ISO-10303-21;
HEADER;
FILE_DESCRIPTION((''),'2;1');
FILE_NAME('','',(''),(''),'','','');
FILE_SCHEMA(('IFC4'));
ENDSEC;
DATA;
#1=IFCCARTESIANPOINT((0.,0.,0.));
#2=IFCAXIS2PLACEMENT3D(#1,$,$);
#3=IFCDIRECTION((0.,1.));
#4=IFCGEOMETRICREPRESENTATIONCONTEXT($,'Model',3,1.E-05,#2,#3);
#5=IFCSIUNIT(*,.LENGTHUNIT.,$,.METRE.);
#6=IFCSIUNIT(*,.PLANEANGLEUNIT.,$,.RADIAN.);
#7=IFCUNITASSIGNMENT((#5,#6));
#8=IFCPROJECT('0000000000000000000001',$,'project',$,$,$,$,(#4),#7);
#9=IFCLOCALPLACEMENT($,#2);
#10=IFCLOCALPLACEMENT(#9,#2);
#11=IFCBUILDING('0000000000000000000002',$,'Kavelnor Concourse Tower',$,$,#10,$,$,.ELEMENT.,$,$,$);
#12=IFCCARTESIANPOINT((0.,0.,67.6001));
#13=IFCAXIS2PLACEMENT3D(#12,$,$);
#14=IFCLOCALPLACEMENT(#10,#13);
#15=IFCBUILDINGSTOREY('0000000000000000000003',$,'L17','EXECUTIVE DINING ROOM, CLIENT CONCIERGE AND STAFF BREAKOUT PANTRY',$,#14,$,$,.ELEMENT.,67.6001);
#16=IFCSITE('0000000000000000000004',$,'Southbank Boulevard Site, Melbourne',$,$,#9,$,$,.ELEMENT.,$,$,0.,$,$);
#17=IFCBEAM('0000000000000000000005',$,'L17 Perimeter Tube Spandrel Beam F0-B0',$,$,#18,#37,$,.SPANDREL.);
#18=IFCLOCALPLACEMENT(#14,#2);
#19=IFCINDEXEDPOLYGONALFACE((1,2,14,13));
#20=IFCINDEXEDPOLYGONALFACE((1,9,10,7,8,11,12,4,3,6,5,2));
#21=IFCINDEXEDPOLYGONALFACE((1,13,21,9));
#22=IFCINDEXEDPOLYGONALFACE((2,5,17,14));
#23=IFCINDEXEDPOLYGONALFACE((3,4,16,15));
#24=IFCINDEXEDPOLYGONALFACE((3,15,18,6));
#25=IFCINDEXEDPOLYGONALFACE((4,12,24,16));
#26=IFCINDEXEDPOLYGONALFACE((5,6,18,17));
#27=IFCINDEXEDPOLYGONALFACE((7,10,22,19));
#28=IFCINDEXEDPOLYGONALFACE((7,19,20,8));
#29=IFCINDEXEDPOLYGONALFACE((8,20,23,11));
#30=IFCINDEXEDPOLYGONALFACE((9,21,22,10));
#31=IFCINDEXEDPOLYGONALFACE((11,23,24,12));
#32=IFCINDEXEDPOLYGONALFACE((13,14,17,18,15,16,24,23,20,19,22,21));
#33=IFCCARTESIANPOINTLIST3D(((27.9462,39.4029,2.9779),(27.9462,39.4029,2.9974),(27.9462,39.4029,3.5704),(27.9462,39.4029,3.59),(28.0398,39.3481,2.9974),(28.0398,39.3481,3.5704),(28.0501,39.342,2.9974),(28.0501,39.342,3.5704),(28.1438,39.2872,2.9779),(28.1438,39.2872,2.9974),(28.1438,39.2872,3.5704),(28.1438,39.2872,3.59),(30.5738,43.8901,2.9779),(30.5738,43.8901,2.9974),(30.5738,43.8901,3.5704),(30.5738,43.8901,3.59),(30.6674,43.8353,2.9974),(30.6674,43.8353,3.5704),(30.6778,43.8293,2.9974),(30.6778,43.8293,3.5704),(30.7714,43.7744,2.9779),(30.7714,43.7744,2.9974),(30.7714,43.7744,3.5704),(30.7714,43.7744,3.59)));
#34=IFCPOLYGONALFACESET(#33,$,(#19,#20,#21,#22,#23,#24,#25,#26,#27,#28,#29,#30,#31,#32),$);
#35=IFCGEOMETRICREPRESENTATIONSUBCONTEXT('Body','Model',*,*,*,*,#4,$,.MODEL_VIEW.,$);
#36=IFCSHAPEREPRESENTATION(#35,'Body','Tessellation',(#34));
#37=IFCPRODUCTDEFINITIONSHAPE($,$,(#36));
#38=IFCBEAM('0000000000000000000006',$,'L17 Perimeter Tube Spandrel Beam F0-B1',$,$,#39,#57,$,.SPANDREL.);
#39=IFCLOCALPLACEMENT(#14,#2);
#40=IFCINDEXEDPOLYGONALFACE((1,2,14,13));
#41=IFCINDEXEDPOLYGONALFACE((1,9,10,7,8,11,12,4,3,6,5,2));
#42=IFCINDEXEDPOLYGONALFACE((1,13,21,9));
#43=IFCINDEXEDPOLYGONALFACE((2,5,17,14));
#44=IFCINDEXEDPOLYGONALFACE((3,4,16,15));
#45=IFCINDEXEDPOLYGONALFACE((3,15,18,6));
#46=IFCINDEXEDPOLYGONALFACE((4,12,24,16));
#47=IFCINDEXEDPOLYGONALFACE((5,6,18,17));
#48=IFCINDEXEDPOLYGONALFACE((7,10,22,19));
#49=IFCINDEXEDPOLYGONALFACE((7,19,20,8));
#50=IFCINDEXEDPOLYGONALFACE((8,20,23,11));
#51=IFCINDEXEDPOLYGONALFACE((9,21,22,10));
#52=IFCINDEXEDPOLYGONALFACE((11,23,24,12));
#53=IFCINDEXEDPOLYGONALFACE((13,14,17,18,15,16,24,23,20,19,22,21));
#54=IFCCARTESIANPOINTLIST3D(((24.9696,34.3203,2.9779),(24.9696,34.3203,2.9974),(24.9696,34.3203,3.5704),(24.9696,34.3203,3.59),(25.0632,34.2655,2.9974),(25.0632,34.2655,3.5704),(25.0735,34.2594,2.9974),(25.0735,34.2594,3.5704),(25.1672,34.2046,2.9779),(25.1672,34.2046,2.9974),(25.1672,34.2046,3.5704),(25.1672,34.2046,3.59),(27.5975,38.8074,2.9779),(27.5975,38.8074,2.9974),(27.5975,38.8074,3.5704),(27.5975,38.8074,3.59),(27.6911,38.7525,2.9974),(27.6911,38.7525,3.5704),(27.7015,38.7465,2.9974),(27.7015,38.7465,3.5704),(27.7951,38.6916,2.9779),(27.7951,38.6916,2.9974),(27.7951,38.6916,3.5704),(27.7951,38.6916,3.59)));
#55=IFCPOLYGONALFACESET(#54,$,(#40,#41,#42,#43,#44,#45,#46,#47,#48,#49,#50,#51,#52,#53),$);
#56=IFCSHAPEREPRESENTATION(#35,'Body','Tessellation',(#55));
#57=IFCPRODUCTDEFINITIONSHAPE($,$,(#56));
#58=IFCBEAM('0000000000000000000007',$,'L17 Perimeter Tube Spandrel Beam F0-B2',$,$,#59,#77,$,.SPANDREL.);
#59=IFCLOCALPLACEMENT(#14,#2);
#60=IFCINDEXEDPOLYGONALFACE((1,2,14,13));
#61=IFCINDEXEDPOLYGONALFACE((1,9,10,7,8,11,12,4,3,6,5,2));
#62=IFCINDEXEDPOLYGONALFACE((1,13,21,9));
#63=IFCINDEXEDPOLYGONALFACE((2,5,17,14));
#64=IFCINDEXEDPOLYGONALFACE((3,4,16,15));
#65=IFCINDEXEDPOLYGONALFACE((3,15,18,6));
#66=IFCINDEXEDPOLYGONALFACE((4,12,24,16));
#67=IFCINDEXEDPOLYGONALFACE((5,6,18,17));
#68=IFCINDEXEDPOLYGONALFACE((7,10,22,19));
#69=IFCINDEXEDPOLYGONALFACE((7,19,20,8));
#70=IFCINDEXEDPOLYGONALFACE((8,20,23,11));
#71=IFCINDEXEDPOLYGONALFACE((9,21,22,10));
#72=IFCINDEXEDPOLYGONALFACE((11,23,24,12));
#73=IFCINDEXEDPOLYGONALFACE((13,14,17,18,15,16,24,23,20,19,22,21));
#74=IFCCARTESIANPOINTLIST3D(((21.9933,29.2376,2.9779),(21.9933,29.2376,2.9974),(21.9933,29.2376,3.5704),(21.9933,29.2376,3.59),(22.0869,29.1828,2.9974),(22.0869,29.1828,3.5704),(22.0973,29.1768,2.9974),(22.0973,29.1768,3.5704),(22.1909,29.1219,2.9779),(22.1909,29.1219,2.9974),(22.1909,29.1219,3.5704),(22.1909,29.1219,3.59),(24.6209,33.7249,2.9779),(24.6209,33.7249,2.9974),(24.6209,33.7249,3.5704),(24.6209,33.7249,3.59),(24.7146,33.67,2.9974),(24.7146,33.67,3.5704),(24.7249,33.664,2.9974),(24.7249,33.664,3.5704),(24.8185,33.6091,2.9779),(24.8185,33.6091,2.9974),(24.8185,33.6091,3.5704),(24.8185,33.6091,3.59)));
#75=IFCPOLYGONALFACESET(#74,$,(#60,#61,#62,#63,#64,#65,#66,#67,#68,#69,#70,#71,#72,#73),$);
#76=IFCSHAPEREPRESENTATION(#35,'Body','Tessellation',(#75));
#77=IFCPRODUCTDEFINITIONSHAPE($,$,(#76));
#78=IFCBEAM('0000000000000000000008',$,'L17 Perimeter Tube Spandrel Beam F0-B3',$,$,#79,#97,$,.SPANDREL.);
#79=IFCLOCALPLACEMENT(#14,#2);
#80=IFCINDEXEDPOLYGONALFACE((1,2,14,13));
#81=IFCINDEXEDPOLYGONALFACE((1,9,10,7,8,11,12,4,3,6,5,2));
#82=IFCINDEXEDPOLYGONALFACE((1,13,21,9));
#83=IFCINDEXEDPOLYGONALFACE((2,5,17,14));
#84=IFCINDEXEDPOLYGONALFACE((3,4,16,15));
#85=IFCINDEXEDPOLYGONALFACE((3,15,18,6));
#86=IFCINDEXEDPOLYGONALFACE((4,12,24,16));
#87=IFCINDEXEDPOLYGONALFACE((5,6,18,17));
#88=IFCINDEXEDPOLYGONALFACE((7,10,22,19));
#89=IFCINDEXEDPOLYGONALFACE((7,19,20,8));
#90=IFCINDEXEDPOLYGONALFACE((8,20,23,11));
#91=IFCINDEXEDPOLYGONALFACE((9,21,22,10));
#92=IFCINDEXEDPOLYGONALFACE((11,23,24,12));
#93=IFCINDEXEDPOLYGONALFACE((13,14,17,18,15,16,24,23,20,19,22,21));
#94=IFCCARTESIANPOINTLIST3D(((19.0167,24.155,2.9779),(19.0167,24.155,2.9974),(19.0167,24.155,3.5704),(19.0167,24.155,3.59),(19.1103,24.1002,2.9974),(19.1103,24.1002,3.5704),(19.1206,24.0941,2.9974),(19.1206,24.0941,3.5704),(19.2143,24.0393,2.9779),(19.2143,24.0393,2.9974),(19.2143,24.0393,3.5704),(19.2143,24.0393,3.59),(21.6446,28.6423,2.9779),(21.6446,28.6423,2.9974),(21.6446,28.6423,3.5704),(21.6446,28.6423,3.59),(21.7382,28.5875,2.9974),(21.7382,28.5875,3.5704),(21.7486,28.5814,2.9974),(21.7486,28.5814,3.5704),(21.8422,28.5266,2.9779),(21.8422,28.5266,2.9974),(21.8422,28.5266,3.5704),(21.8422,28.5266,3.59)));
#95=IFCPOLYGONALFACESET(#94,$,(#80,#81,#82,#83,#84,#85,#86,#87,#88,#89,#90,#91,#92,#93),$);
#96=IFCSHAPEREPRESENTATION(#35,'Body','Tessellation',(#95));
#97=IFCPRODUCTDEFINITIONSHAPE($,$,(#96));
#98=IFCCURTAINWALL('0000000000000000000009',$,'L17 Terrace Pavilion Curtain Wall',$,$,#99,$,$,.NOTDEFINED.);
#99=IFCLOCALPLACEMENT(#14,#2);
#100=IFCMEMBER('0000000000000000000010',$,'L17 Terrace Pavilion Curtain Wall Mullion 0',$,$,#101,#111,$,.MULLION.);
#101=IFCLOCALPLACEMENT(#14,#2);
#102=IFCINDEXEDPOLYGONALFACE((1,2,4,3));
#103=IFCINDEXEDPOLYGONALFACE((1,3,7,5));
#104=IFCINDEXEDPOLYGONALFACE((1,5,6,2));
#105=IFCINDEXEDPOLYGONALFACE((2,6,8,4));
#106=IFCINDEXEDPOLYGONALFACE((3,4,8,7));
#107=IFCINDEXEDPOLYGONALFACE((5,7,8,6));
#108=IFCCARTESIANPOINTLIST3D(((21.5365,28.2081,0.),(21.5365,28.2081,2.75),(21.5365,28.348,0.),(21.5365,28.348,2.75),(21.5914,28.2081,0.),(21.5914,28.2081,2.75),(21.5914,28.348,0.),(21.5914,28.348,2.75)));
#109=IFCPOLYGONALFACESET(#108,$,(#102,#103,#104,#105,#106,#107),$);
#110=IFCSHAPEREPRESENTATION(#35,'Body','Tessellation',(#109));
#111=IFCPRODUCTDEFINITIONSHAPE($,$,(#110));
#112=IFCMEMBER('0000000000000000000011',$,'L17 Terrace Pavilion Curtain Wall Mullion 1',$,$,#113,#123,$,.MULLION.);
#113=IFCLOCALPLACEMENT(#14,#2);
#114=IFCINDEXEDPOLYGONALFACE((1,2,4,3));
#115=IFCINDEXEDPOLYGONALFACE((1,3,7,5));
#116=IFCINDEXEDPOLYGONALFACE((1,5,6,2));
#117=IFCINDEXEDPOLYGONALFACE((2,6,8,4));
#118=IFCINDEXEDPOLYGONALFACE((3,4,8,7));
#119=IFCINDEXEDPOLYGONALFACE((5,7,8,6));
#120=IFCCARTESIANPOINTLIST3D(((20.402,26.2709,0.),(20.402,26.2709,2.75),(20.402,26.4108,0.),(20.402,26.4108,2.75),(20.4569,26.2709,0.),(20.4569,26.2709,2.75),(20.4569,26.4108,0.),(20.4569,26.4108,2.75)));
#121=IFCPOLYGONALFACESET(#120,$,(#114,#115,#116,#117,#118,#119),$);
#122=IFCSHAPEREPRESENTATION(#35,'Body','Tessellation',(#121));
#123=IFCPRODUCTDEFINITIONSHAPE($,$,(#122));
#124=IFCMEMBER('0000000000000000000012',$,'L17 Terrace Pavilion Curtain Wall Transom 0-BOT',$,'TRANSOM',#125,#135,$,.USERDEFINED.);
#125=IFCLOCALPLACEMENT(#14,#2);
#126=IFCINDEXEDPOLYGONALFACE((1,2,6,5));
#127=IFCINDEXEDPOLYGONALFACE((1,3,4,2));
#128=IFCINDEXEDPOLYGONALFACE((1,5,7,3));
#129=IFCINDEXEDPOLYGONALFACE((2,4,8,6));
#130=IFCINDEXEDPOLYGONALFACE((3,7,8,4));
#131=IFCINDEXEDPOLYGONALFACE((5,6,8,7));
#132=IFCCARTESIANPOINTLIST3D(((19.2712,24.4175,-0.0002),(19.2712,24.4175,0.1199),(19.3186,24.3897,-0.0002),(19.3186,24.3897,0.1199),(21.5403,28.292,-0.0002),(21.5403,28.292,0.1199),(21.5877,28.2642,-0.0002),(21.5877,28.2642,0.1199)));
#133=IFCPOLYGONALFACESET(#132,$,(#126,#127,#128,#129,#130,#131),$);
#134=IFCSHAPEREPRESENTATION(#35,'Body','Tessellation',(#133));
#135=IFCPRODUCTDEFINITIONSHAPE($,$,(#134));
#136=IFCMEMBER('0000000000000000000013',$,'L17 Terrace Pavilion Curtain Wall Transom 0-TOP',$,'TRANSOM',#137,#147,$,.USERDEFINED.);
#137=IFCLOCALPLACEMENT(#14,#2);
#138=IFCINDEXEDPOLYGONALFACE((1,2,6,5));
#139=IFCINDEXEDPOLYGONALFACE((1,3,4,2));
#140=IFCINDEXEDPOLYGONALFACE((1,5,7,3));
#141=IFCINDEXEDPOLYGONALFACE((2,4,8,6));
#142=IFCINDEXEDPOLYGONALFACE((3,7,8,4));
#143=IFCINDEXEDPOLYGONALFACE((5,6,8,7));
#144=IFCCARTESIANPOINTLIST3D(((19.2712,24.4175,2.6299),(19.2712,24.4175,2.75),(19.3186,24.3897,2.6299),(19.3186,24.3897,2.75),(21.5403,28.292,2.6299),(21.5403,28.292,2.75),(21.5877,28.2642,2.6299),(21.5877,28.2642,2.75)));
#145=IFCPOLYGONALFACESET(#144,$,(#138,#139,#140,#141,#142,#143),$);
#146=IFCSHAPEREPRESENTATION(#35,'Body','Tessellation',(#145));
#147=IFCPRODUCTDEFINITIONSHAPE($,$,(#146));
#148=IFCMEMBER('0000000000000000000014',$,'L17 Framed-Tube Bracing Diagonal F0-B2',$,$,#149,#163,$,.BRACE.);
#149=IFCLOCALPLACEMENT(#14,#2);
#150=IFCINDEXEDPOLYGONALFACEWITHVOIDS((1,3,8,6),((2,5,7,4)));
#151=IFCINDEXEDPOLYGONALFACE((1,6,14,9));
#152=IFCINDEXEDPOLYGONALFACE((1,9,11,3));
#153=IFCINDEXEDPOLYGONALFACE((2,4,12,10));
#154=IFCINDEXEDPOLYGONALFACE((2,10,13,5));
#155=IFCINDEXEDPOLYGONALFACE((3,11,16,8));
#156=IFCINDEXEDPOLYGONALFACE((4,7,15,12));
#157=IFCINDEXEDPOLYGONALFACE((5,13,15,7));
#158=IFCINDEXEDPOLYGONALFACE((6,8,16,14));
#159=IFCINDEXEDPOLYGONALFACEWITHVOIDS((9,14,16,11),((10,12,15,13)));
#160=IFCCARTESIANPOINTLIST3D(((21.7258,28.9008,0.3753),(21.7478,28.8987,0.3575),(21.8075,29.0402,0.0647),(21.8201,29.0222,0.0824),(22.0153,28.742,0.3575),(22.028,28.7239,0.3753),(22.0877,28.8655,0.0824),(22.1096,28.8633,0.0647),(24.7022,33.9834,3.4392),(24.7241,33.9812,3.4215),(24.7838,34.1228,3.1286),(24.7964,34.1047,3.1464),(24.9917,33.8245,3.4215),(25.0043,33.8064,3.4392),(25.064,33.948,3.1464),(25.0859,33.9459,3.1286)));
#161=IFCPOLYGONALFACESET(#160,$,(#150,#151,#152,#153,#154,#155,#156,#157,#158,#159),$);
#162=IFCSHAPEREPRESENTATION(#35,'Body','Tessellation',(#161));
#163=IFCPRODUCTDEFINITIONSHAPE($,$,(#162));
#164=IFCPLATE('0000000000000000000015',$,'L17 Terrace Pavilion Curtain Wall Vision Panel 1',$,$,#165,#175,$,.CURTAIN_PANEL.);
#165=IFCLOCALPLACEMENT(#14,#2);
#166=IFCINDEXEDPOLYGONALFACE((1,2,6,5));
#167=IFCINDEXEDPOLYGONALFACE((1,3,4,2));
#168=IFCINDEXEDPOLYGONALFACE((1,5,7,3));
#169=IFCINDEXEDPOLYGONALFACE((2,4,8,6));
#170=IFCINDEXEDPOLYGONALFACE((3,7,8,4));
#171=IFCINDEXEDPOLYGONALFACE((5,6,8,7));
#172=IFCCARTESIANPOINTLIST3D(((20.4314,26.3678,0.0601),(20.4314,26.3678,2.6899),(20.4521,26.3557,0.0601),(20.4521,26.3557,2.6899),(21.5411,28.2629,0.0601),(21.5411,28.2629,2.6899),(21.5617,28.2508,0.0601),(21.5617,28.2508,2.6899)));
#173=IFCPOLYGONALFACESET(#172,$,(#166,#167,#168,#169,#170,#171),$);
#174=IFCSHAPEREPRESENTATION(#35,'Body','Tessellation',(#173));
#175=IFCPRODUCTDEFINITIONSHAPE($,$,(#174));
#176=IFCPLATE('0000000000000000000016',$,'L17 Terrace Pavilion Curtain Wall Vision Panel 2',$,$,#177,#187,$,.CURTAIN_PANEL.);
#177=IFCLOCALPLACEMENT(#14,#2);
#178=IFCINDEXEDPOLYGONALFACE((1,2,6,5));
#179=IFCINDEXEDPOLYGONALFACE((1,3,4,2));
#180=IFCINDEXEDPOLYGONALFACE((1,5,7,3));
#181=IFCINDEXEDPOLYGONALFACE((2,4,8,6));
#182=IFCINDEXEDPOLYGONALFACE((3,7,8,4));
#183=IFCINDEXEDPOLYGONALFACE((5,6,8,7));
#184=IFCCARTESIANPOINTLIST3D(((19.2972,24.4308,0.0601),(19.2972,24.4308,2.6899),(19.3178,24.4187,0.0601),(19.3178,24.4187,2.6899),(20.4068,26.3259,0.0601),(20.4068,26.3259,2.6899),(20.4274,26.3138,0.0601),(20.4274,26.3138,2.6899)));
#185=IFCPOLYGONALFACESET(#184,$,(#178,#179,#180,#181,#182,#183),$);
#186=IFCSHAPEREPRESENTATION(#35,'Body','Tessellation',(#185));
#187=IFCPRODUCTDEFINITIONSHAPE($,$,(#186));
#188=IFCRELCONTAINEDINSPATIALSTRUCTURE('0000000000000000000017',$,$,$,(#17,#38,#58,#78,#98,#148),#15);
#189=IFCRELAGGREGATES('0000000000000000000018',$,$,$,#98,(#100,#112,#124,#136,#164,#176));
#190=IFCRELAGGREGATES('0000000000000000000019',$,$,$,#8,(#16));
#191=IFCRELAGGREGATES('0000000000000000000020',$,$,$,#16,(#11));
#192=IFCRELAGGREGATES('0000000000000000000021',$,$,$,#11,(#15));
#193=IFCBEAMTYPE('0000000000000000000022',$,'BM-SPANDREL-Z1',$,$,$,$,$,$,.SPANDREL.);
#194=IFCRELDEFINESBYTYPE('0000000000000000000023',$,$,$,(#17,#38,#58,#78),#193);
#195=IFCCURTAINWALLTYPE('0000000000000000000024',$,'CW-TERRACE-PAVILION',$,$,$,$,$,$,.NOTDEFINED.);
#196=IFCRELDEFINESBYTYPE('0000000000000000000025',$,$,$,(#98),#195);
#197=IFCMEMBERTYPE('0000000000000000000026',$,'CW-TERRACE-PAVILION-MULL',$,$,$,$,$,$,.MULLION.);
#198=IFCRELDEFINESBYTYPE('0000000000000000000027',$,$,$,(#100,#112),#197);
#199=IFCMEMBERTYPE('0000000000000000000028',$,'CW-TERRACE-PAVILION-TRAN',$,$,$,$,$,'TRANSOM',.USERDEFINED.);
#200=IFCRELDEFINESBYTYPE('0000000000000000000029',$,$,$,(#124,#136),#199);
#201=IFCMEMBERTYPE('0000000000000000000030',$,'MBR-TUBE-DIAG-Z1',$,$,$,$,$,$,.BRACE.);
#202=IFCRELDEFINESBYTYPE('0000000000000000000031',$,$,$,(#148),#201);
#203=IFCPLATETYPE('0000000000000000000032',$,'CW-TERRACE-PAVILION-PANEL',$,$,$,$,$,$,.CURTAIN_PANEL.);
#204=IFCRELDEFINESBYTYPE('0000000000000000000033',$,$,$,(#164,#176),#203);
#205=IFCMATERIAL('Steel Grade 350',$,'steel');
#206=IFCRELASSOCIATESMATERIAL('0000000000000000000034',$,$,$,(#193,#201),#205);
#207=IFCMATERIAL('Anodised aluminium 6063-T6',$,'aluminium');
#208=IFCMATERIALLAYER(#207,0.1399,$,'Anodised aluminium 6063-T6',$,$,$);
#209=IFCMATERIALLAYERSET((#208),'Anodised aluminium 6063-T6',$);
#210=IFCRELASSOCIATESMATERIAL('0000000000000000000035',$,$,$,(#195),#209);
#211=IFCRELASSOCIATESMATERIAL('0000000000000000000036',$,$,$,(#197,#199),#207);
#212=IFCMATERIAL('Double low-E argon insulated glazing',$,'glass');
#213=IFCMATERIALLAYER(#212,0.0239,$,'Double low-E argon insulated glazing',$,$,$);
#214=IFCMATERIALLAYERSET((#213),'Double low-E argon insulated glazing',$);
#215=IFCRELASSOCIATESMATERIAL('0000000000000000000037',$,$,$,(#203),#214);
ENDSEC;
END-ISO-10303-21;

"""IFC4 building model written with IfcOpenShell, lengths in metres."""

from ifc_helpers import new_model, si_unit, direction, frame, origin, origin_2d, place, context, subcontext, project, spatial, rectangle, hollow_rectangle, i_section, extrude, material, layer, layer_set, material_profile, profile_set, type_object, element, aggregate, save


model = new_model("IFC4")

# Units and contexts
model_context = context("Model", 3, precision=1e-05, world=origin(), true_north=direction((0.0, 1.0)))
body_context = subcontext(model_context, "Body", "Model", "MODEL_VIEW")
ifc_project = project(units=[si_unit("LENGTHUNIT", "METRE"), si_unit("PLANEANGLEUNIT", "RADIAN")], contexts=[model_context])

# Site, building, storey
site_placement = place(None, origin())
site = spatial("IfcSite", under=ifc_project, at=site_placement, Name="Southbank Boulevard Site, Melbourne", CompositionType="ELEMENT", RefElevation=0.0)
building_placement = place(site_placement, origin())
building = spatial("IfcBuilding", under=site, at=building_placement, Name="Kavelnor Concourse Tower", CompositionType="ELEMENT")
storey_placement = place(building_placement, frame((0.0, 0.0, 67.6001)))
storey = spatial("IfcBuildingStorey", under=building, at=storey_placement, Name="L17", Description="EXECUTIVE DINING ROOM, CLIENT CONCIERGE AND STAFF BREAKOUT PANTRY", CompositionType="ELEMENT", Elevation=67.6001)

# Shared definitions
ifc_material_1 = material(Name="Steel Grade 350", Category="steel")

# Beams
ifc_material_profile_1 = material_profile(ifc_material_1, i_section(OverallWidth=0.229, OverallDepth=0.6121, WebThickness=0.012, FlangeThickness=0.0195, at=origin_2d()), Name="610UB125")
ifc_profile_set_1 = profile_set([ifc_material_profile_1], Name="Steel Grade 350")
beam_type_1 = type_object("IfcBeamType", Name="BM-SPANDREL-Z1", PredefinedType="SPANDREL", material=ifc_profile_set_1)
for number, where, z_axis, x_axis, name in (
    (1, (30.6726, 43.8323, 3.2839), (-0.505318, -0.862933, 0.0), (0.862933, -0.505318, 0.0), "L17 Perimeter Tube Spandrel Beam F0-B0"),
    (2, (27.6963, 38.7495, 3.2839), (-0.505374, -0.862901, 0.0), (0.862901, -0.505374, 0.0), "L17 Perimeter Tube Spandrel Beam F0-B1"),
    (3, (24.7197, 33.667, 3.2839), (-0.505318, -0.862933, 0.0), (0.862933, -0.505318, 0.0), "L17 Perimeter Tube Spandrel Beam F0-B2"),
):
    element("IfcBeam", number, at=place(storey_placement, frame(where, z_axis=z_axis, x_axis=x_axis)), inside=storey, type_object=beam_type_1, Name=name, PredefinedType="SPANDREL", context=body_context, shape_type="SweptSolid", body=[
        extrude(i_section(OverallWidth=0.229, OverallDepth=0.6121, WebThickness=0.012, FlangeThickness=0.0195, at=origin_2d()), origin(), (0.0, 0.0, 1.0), 5.2),
    ])
beam_1_placement = place(storey_placement, frame((21.7434, 28.5845, 3.2839), z_axis=(-0.505353, -0.862913, 0.0), x_axis=(0.862913, -0.505353, 0.0)))
element("IfcBeam", 4, at=beam_1_placement, inside=storey, type_object=beam_type_1, Name="L17 Perimeter Tube Spandrel Beam F0-B3", PredefinedType="SPANDREL", context=body_context, shape_type="SweptSolid", body=[
    extrude(i_section(OverallWidth=0.229, OverallDepth=0.6121, WebThickness=0.012, FlangeThickness=0.0195, at=origin_2d()), origin(), (0.0, 0.0, 1.0), 5.2002),
])

# Curtain wall, members
ifc_material_2 = material(Name="Anodised aluminium 6063-T6", Category="aluminium")
ifc_layer_1 = layer(ifc_material_2, 0.1399, Name="Anodised aluminium 6063-T6")
ifc_layer_set_1 = layer_set([ifc_layer_1], Name="Anodised aluminium 6063-T6")
curtain_wall_type = type_object("IfcCurtainWallType", Name="CW-TERRACE-PAVILION", PredefinedType="NOTDEFINED", material=ifc_layer_set_1)
curtain_wall_placement = place(storey_placement, origin())
curtain_wall = element("IfcCurtainWall", 5, at=curtain_wall_placement, inside=storey, type_object=curtain_wall_type, Name="L17 Terrace Pavilion Curtain Wall", PredefinedType="NOTDEFINED")
ifc_material_profile_2 = material_profile(ifc_material_2, rectangle(XDim=0.0549, YDim=0.1399, at=origin_2d()), Name="AL-MULL 55x140")
ifc_profile_set_2 = profile_set([ifc_material_profile_2], Name="Anodised aluminium 6063-T6")
member_type_1 = type_object("IfcMemberType", Name="CW-TERRACE-PAVILION-MULL", PredefinedType="MULLION", material=ifc_profile_set_2)
member_1_placement = place(storey_placement, frame((21.564, 28.2781, 0.0), z_axis=(0.0, 0.0, 1.0), x_axis=(1.0, 0.0, 0.0)))
member_1 = element("IfcMember", 6, at=member_1_placement, type_object=member_type_1, Name="L17 Terrace Pavilion Curtain Wall Mullion 0", PredefinedType="MULLION", context=body_context, shape_type="SweptSolid", body=[
    extrude(rectangle(XDim=0.0549, YDim=0.1399, at=origin_2d()), origin(), (0.0, 0.0, 1.0), 2.75),
])
member_2_placement = place(storey_placement, frame((20.4294, 26.3408, 0.0), z_axis=(0.0, 0.0, 1.0), x_axis=(1.0, 0.0, 0.0)))
member_2 = element("IfcMember", 7, at=member_2_placement, type_object=member_type_1, Name="L17 Terrace Pavilion Curtain Wall Mullion 1", PredefinedType="MULLION", context=body_context, shape_type="SweptSolid", body=[
    extrude(rectangle(XDim=0.0549, YDim=0.1399, at=origin_2d()), origin(), (0.0, 0.0, 1.0), 2.75),
])
ifc_material_profile_3 = material_profile(ifc_material_2, rectangle(XDim=0.0549, YDim=0.1201, at=origin_2d()), Name="AL-TRAN 55x120")
ifc_profile_set_3 = profile_set([ifc_material_profile_3], Name="Anodised aluminium 6063-T6")
member_type_2 = type_object("IfcMemberType", Name="CW-TERRACE-PAVILION-TRAN", ElementType="TRANSOM", PredefinedType="USERDEFINED", material=ifc_profile_set_3)
member_3_placement = place(storey_placement, frame((21.564, 28.2781, 0.0598), z_axis=(-0.505351, -0.862914, 0.0), x_axis=(0.862914, -0.505351, 0.0)))
member_3 = element("IfcMember", 8, at=member_3_placement, type_object=member_type_2, Name="L17 Terrace Pavilion Curtain Wall Transom 0-BOT", ObjectType="TRANSOM", PredefinedType="USERDEFINED", context=body_context, shape_type="SweptSolid", body=[
    extrude(rectangle(XDim=0.0549, YDim=0.1201, at=origin_2d()), origin(), (0.0, 0.0, 1.0), 4.49),
])
member_4_placement = place(storey_placement, frame((21.564, 28.2781, 2.6899), z_axis=(-0.505351, -0.862914, 0.0), x_axis=(0.862914, -0.505351, 0.0)))
member_4 = element("IfcMember", 9, at=member_4_placement, type_object=member_type_2, Name="L17 Terrace Pavilion Curtain Wall Transom 0-TOP", ObjectType="TRANSOM", PredefinedType="USERDEFINED", context=body_context, shape_type="SweptSolid", body=[
    extrude(rectangle(XDim=0.0549, YDim=0.1201, at=origin_2d()), origin(), (0.0, 0.0, 1.0), 4.49),
])

# Member
ifc_material_profile_4 = material_profile(ifc_material_1, hollow_rectangle(XDim=0.3501, YDim=0.3501, WallThickness=0.02, at=origin_2d()), Name="SHS 350x350x20")
ifc_profile_set_4 = profile_set([ifc_material_profile_4], Name="Steel Grade 350")
member_type_3 = type_object("IfcMemberType", Name="MBR-TUBE-DIAG-Z1", PredefinedType="BRACE", material=ifc_profile_set_4)
member_5_placement = place(storey_placement, frame((21.9177, 28.8821, 0.22), z_axis=(0.448298, 0.765537, 0.461499), x_axis=(-0.862927, 0.505329, 0.0)))
element("IfcMember", 10, at=member_5_placement, inside=storey, type_object=member_type_3, Name="L17 Framed-Tube Bracing Diagonal F0-B2", PredefinedType="BRACE", context=body_context, shape_type="SweptSolid", body=[
    extrude(hollow_rectangle(XDim=0.3501, YDim=0.3501, WallThickness=0.02, at=origin_2d()), origin(), (0.0, 0.0, 1.0), 6.6392),
])

# Plates
ifc_material_3 = material(Name="Double low-E argon insulated glazing", Category="glass")
ifc_layer_2 = layer(ifc_material_3, 0.0239, Name="Double low-E argon insulated glazing")
ifc_layer_set_2 = layer_set([ifc_layer_2], Name="Double low-E argon insulated glazing")
plate_type_1 = type_object("IfcPlateType", Name="CW-TERRACE-PAVILION-PANEL", PredefinedType="CURTAIN_PANEL", material=ifc_layer_set_2)
plate_1_placement = place(storey_placement, frame((20.9966, 27.3093, 0.0601), z_axis=(0.0, 0.0, 1.0), x_axis=(-0.505281, -0.862955, 0.0)))
plate_1 = element("IfcPlate", 11, at=plate_1_placement, type_object=plate_type_1, Name="L17 Terrace Pavilion Curtain Wall Vision Panel 1", PredefinedType="CURTAIN_PANEL", context=body_context, shape_type="SweptSolid", body=[
    extrude(rectangle(XDim=2.196, YDim=0.0239, at=origin_2d()), origin(), (0.0, 0.0, 1.0), 2.6299),
])
plate_2_placement = place(storey_placement, frame((19.8623, 25.3723, 0.0601), z_axis=(0.0, 0.0, 1.0), x_axis=(-0.505281, -0.862955, 0.0)))
plate_2 = element("IfcPlate", 12, at=plate_2_placement, type_object=plate_type_1, Name="L17 Terrace Pavilion Curtain Wall Vision Panel 2", PredefinedType="CURTAIN_PANEL", context=body_context, shape_type="SweptSolid", body=[
    extrude(rectangle(XDim=2.196, YDim=0.0239, at=origin_2d()), origin(), (0.0, 0.0, 1.0), 2.6299),
])
aggregate(curtain_wall, [member_1, member_2, member_3, member_4, plate_1, plate_2])

save(model, "model.ifc")
